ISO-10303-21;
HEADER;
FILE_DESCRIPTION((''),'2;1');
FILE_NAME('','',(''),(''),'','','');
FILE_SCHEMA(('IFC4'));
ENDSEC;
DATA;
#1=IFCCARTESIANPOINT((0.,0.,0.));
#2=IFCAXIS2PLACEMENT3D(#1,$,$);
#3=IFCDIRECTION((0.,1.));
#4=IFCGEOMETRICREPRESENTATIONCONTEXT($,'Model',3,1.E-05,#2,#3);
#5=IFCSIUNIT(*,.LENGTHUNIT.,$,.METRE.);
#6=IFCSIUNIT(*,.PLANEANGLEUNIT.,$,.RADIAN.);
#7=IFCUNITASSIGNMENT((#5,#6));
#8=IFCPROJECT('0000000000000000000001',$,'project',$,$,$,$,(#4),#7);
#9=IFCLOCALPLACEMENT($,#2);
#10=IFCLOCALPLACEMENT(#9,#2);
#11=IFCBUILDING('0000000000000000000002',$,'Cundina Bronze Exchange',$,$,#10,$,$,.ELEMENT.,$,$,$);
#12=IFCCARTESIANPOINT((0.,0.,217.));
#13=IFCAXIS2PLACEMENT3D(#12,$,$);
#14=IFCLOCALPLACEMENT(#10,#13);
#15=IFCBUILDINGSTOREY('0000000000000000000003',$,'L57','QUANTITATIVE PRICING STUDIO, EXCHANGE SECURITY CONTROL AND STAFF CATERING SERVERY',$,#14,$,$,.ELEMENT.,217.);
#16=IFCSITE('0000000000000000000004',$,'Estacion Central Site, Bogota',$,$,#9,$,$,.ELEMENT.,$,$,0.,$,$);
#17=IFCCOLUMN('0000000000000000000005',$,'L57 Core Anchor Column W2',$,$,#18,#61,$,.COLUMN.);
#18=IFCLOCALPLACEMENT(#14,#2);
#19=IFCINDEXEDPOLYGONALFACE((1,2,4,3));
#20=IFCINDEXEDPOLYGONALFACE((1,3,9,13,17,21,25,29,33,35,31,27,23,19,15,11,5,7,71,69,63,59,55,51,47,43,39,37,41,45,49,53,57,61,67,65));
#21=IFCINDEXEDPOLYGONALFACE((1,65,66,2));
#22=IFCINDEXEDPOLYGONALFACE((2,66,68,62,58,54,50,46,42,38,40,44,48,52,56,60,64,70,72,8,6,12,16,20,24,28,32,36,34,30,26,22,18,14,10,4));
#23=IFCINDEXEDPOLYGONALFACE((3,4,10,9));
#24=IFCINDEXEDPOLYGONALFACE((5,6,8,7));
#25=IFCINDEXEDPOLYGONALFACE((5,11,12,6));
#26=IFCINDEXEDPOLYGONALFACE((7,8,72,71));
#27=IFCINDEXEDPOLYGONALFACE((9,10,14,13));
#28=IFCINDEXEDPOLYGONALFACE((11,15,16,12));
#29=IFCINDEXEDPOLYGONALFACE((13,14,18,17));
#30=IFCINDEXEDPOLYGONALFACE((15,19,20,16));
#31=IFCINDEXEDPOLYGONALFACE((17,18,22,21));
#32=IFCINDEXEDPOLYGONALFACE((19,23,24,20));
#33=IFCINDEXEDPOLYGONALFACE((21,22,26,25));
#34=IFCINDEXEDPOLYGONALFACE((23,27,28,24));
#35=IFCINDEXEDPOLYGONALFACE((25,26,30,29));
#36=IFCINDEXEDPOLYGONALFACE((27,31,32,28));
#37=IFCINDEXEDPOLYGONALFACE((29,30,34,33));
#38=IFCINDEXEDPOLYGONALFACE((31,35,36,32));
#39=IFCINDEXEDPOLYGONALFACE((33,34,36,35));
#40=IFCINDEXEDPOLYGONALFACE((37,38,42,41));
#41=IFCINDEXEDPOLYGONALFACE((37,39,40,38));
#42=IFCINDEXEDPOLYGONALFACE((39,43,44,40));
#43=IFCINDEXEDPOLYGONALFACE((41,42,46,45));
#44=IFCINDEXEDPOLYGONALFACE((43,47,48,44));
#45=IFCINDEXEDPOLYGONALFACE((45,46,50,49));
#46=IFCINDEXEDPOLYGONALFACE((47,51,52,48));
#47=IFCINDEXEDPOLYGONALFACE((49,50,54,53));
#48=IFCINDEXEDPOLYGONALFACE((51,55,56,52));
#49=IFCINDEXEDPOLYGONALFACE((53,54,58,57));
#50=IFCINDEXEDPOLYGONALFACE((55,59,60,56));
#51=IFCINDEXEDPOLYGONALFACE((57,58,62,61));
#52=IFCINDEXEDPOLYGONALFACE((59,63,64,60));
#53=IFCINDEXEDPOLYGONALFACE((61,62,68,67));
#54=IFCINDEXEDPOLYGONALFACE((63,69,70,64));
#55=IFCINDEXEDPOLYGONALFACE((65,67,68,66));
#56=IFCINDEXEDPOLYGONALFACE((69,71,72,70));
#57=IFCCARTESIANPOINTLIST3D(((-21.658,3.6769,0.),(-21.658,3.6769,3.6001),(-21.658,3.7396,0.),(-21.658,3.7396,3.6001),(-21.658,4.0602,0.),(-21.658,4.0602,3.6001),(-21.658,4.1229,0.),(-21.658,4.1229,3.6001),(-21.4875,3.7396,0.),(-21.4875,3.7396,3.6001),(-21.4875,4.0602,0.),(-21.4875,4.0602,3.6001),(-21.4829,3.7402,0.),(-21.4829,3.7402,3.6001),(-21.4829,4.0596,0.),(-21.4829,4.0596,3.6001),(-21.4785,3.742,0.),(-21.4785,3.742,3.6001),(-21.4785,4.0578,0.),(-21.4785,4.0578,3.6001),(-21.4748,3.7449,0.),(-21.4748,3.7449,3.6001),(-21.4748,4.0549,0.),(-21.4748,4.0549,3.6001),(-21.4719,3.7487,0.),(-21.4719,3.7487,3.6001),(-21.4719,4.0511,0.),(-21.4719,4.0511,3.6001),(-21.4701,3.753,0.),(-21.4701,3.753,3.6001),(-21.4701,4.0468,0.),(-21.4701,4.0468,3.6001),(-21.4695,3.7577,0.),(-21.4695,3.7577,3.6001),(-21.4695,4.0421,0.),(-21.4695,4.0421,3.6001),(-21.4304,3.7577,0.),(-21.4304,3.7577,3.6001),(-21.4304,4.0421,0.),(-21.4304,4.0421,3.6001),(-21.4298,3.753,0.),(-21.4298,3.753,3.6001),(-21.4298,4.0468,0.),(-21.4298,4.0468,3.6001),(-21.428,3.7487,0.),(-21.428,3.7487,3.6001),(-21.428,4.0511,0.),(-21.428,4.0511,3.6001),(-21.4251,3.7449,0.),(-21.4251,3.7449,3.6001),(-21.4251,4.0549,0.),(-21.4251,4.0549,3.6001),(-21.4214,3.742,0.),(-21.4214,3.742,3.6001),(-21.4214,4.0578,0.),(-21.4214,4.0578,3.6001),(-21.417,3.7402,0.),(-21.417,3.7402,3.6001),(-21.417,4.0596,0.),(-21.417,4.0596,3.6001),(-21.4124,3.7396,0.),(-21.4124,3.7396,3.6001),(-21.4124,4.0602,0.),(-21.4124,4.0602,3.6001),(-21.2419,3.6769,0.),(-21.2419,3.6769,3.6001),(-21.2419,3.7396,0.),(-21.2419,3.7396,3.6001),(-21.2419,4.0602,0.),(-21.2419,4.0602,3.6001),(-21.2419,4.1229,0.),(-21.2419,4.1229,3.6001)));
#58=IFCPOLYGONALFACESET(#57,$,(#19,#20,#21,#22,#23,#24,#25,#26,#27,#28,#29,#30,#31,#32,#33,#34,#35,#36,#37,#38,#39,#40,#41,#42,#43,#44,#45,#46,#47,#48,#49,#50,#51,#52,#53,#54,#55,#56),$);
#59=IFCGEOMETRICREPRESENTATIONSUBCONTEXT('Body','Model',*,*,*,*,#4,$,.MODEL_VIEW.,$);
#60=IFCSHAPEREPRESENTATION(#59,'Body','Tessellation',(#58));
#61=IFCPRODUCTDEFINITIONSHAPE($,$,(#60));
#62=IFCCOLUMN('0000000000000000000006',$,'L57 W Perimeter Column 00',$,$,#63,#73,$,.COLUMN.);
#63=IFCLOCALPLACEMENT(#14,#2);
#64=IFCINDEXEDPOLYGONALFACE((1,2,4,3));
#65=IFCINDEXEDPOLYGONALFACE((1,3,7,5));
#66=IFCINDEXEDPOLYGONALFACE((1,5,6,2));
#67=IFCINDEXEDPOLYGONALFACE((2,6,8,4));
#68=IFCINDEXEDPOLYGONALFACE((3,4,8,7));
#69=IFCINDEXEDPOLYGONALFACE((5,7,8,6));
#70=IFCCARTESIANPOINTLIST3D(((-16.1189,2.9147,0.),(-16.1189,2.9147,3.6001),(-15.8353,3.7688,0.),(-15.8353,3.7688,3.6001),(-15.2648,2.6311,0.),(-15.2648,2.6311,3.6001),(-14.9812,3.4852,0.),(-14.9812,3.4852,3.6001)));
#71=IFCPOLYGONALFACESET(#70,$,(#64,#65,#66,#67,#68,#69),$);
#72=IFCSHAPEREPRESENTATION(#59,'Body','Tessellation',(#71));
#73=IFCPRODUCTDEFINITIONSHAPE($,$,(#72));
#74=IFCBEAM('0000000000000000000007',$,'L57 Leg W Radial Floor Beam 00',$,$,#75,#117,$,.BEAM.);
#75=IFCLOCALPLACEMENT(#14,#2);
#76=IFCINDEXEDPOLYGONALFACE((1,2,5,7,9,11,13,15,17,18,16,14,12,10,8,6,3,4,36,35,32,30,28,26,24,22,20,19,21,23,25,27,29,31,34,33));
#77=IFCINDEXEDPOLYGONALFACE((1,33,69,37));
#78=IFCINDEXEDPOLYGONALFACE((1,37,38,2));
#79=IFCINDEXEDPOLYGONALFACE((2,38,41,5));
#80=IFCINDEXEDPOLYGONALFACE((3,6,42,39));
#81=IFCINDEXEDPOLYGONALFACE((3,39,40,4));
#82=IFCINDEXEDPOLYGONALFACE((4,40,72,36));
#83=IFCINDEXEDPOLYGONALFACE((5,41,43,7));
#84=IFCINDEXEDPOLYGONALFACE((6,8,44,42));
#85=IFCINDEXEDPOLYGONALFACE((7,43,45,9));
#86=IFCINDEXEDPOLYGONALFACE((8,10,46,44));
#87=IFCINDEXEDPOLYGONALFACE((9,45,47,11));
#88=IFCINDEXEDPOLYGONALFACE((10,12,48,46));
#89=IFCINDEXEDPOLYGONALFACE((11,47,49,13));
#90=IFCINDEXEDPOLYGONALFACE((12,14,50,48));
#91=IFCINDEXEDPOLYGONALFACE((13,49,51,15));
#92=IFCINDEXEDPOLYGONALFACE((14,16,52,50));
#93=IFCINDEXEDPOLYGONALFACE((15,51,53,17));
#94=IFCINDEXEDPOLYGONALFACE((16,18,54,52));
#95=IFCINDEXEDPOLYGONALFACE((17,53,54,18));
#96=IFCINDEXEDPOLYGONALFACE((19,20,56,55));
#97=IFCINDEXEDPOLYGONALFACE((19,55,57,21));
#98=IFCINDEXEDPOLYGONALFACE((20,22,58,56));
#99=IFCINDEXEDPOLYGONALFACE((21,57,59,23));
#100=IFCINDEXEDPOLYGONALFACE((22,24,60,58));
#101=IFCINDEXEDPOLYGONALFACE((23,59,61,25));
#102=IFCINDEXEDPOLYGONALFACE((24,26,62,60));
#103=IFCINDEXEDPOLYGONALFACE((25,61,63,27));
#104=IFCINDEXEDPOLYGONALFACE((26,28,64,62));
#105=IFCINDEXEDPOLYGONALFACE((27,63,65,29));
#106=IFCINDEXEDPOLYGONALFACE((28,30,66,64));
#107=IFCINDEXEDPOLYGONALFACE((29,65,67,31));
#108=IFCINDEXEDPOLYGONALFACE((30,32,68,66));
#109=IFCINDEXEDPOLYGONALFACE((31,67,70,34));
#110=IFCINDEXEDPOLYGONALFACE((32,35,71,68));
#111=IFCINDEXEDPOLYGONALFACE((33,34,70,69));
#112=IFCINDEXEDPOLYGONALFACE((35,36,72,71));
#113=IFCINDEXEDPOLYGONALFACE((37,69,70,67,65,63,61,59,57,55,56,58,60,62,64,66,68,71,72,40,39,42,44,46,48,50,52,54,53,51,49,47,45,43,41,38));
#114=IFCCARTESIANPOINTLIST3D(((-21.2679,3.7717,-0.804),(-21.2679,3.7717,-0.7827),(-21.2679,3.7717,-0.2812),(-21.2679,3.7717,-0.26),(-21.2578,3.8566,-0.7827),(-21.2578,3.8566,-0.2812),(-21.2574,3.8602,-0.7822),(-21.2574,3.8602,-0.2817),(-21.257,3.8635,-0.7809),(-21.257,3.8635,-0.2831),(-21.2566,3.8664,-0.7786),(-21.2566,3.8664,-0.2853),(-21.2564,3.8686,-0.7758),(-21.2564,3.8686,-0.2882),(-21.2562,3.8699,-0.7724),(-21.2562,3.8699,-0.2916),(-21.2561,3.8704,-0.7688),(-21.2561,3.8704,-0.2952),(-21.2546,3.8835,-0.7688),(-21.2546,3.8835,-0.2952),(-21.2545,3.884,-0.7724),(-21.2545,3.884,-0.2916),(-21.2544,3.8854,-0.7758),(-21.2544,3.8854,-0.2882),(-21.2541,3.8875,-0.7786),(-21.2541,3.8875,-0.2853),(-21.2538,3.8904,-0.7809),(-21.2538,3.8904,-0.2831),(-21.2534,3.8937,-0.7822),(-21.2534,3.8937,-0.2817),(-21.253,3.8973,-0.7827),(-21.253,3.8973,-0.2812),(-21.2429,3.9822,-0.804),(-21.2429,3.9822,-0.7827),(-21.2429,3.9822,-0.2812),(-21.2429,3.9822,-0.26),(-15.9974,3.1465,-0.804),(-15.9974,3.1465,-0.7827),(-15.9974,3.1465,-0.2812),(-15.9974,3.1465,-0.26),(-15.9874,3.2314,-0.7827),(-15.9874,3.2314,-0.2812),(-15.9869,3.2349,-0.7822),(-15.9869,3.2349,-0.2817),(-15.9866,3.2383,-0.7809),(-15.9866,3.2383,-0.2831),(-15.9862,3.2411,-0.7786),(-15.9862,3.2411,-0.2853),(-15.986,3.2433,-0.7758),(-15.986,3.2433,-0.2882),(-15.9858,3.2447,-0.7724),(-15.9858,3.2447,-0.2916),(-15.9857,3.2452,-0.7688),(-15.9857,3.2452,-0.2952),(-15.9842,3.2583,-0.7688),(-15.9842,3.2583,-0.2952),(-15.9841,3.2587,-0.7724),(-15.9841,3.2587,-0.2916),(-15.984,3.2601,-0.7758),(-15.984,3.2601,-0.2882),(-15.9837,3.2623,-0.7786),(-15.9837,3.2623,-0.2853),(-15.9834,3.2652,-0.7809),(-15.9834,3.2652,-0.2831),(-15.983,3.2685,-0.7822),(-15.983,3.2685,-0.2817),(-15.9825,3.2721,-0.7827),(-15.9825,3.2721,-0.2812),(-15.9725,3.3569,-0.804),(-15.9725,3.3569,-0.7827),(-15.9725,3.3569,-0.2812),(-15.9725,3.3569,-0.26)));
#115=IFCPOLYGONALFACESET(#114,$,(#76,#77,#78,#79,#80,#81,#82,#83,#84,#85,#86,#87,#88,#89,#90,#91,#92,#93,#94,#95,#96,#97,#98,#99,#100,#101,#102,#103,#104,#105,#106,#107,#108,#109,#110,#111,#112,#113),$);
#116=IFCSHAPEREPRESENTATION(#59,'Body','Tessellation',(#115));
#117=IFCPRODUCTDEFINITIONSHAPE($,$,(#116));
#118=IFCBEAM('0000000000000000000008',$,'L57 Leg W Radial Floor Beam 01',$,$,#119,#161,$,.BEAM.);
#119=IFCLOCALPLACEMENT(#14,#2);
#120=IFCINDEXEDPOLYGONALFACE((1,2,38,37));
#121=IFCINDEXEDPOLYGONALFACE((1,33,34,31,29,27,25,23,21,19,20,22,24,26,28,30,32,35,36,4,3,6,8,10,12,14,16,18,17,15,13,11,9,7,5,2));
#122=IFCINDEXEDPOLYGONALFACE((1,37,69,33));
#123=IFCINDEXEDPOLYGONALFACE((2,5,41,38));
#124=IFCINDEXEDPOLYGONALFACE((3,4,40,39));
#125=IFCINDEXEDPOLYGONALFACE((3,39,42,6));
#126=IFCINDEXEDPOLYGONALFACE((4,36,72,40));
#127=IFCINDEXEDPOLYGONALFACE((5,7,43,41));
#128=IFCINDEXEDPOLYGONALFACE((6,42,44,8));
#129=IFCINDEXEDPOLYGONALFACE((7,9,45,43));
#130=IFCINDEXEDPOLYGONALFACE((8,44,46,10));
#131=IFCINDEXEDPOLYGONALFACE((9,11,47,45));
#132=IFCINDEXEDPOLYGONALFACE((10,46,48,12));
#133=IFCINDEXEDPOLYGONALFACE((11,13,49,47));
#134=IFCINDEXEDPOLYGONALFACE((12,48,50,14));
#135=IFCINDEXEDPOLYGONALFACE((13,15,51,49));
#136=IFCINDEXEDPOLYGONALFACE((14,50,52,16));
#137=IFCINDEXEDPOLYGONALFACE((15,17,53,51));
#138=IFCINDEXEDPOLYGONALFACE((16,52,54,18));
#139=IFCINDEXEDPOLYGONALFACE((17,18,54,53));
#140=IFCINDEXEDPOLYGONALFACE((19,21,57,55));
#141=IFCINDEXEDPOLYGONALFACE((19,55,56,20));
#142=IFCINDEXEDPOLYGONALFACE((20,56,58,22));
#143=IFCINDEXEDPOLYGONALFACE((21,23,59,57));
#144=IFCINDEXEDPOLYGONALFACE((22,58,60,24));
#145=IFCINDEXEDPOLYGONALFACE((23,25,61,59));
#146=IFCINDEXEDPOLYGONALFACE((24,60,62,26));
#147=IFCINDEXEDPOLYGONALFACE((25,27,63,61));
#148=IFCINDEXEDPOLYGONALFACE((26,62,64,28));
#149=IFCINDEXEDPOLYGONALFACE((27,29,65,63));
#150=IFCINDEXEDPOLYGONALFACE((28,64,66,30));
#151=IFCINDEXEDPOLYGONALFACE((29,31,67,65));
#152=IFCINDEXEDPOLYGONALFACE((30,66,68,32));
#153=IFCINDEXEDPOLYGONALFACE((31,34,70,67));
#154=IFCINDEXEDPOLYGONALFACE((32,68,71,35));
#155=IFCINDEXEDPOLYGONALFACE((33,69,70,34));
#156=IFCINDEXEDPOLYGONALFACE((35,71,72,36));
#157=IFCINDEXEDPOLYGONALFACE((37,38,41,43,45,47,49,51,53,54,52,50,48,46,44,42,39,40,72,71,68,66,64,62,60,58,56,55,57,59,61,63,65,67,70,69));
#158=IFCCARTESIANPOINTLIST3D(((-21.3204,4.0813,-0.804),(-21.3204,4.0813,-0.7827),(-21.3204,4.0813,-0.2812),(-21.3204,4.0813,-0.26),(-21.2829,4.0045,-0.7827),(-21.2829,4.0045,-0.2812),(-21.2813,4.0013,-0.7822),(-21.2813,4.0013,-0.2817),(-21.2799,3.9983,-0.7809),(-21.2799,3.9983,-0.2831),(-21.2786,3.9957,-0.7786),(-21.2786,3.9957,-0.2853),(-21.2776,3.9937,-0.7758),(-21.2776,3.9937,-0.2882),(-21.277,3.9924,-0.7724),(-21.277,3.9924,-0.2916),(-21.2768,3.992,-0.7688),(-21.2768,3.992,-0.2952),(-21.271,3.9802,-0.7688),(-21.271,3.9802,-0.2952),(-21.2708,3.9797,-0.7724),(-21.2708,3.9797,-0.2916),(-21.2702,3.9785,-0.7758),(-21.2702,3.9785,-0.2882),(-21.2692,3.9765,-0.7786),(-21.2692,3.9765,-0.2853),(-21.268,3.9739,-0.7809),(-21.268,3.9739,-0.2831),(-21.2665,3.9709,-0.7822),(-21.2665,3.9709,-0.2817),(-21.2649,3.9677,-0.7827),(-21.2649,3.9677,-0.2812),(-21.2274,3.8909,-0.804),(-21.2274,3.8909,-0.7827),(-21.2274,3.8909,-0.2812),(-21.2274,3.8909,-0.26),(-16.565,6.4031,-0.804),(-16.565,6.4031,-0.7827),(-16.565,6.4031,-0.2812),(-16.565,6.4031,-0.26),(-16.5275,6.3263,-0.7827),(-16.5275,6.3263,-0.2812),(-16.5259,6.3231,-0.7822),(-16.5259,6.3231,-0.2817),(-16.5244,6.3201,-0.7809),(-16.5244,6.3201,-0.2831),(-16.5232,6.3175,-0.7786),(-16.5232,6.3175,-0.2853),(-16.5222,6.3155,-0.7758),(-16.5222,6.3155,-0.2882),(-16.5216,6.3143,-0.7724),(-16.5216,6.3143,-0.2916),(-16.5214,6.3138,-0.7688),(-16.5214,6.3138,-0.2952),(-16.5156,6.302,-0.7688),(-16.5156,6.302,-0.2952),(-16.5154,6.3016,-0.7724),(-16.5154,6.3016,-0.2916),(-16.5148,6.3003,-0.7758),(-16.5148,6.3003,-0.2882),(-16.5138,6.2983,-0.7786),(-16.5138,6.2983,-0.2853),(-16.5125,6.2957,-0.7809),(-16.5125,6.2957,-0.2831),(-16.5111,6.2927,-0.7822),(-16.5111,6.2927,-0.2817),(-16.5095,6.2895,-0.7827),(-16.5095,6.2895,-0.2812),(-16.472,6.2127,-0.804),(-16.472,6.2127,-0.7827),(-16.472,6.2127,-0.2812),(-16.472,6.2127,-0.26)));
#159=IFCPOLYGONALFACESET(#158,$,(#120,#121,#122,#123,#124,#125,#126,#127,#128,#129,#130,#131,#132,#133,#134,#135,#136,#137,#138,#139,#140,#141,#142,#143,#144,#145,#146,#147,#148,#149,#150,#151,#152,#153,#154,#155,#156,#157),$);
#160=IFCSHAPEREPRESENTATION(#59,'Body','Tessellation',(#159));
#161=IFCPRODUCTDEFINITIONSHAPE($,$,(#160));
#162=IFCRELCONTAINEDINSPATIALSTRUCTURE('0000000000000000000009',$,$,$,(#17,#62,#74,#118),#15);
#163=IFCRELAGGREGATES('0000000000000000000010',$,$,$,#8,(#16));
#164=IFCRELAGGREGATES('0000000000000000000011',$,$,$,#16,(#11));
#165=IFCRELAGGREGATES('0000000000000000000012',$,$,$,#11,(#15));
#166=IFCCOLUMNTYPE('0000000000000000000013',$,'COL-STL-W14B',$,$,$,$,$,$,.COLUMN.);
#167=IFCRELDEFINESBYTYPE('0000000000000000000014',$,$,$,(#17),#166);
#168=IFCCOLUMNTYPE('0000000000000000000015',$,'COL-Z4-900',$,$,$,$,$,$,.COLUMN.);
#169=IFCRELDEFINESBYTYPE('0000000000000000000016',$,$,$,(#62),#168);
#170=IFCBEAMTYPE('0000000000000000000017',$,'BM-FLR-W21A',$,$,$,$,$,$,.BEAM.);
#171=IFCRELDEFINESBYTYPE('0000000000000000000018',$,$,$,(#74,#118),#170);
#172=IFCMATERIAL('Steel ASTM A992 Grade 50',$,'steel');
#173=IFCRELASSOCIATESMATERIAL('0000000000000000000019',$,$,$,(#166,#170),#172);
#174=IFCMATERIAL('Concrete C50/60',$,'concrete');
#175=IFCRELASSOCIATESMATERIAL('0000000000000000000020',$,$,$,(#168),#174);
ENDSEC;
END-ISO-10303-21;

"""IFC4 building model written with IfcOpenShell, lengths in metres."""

from ifc_helpers import new_model, si_unit, direction, frame, origin, origin_2d, place, context, subcontext, project, spatial, rectangle, i_section, extrude, material, material_profile, profile_set, type_object, element, save


model = new_model("IFC4")

# Units and contexts
model_context = context("Model", 3, precision=1e-05, world=origin(), true_north=direction((0.0, 1.0)))
body_context = subcontext(model_context, "Body", "Model", "MODEL_VIEW")
ifc_project = project(units=[si_unit("LENGTHUNIT", "METRE"), si_unit("PLANEANGLEUNIT", "RADIAN")], contexts=[model_context])

# Site, building, storey
site_placement = place(None, origin())
site = spatial("IfcSite", under=ifc_project, at=site_placement, Name="Estacion Central Site, Bogota", CompositionType="ELEMENT", RefElevation=0.0)
building_placement = place(site_placement, origin())
building = spatial("IfcBuilding", under=site, at=building_placement, Name="Cundina Bronze Exchange", CompositionType="ELEMENT")
storey_placement = place(building_placement, frame((0.0, 0.0, 217.0)))
storey = spatial("IfcBuildingStorey", under=building, at=storey_placement, Name="L57", Description="QUANTITATIVE PRICING STUDIO, EXCHANGE SECURITY CONTROL AND STAFF CATERING SERVERY", CompositionType="ELEMENT", Elevation=217.0)

# Columns
ifc_material_1 = material(Name="Steel ASTM A992 Grade 50", Category="steel")
ifc_material_profile_1 = material_profile(ifc_material_1, i_section(OverallWidth=0.416, OverallDepth=0.446, WebThickness=0.0391, FlangeThickness=0.0627, FilletRadius=0.0181, at=origin_2d()), Name="W14X342", Category="steel")
ifc_profile_set_1 = profile_set([ifc_material_profile_1], Name="Steel ASTM A992 Grade 50")
column_type_1 = type_object("IfcColumnType", Name="COL-STL-W14B", PredefinedType="COLUMN", material=ifc_profile_set_1)
column_1_placement = place(storey_placement, frame((-21.45, 3.8999, 0.0), z_axis=(0.0, 0.0, 1.0), x_axis=(1.0, 0.0, 0.0)))
element("IfcColumn", 1, at=column_1_placement, inside=storey, type_object=column_type_1, Name="L57 Core Anchor Column W2", PredefinedType="COLUMN", context=body_context, shape_type="SweptSolid", body=[
    extrude(i_section(OverallWidth=0.416, OverallDepth=0.446, WebThickness=0.0391, FlangeThickness=0.0627, FilletRadius=0.0181, at=origin_2d()), origin(), (0.0, 0.0, 1.0), 3.6001),
])
ifc_material_2 = material(Name="Concrete C50/60", Category="concrete")
ifc_material_profile_2 = material_profile(ifc_material_2, rectangle(XDim=0.8999, YDim=0.8999, at=origin_2d()), Name="RC900X900", Category="concrete")
ifc_profile_set_2 = profile_set([ifc_material_profile_2], Name="Concrete C50/60")
column_type_2 = type_object("IfcColumnType", Name="COL-Z4-900", PredefinedType="COLUMN", material=ifc_profile_set_2)
column_2_placement = place(storey_placement, frame((-15.55, 3.2, 0.0), z_axis=(0.0, 0.0, 1.0), x_axis=(0.315152, 0.949041, 0.0)))
element("IfcColumn", 2, at=column_2_placement, inside=storey, type_object=column_type_2, Name="L57 W Perimeter Column 00", PredefinedType="COLUMN", context=body_context, shape_type="SweptSolid", body=[
    extrude(rectangle(XDim=0.8999, YDim=0.8999, at=origin_2d()), origin(), (0.0, 0.0, 1.0), 3.6001),
])

# Beams
ifc_material_profile_3 = material_profile(ifc_material_1, i_section(OverallWidth=0.2119, OverallDepth=0.5439, WebThickness=0.0132, FlangeThickness=0.0212, FilletRadius=0.0139, at=origin_2d()), Name="W21X83", Category="steel")
ifc_profile_set_3 = profile_set([ifc_material_profile_3], Name="Steel ASTM A992 Grade 50")
beam_type_1 = type_object("IfcBeamType", Name="BM-FLR-W21A", PredefinedType="BEAM", material=ifc_profile_set_3)
beam_1_placement = place(storey_placement, frame((-21.2554, 3.877, -0.532), z_axis=(0.993037, -0.117805, 0.0), x_axis=(0.117805, 0.993037, 0.0)))
element("IfcBeam", 3, at=beam_1_placement, inside=storey, type_object=beam_type_1, Name="L57 Leg W Radial Floor Beam 00", PredefinedType="BEAM", context=body_context, shape_type="SweptSolid", body=[
    extrude(i_section(OverallWidth=0.2119, OverallDepth=0.5439, WebThickness=0.0132, FlangeThickness=0.0212, FilletRadius=0.0139, at=origin_2d()), origin(), (0.0, 0.0, 1.0), 5.3074),
])
beam_2_placement = place(storey_placement, frame((-21.2739, 3.9861, -0.532), z_axis=(0.898613, 0.438742, 0.0), x_axis=(-0.438742, 0.898613, 0.0)))
element("IfcBeam", 4, at=beam_2_placement, inside=storey, type_object=beam_type_1, Name="L57 Leg W Radial Floor Beam 01", PredefinedType="BEAM", context=body_context, shape_type="SweptSolid", body=[
    extrude(i_section(OverallWidth=0.2119, OverallDepth=0.5439, WebThickness=0.0132, FlangeThickness=0.0212, FilletRadius=0.0139, at=origin_2d()), origin(), (0.0, 0.0, 1.0), 5.292),
])

save(model, "model.ifc")
